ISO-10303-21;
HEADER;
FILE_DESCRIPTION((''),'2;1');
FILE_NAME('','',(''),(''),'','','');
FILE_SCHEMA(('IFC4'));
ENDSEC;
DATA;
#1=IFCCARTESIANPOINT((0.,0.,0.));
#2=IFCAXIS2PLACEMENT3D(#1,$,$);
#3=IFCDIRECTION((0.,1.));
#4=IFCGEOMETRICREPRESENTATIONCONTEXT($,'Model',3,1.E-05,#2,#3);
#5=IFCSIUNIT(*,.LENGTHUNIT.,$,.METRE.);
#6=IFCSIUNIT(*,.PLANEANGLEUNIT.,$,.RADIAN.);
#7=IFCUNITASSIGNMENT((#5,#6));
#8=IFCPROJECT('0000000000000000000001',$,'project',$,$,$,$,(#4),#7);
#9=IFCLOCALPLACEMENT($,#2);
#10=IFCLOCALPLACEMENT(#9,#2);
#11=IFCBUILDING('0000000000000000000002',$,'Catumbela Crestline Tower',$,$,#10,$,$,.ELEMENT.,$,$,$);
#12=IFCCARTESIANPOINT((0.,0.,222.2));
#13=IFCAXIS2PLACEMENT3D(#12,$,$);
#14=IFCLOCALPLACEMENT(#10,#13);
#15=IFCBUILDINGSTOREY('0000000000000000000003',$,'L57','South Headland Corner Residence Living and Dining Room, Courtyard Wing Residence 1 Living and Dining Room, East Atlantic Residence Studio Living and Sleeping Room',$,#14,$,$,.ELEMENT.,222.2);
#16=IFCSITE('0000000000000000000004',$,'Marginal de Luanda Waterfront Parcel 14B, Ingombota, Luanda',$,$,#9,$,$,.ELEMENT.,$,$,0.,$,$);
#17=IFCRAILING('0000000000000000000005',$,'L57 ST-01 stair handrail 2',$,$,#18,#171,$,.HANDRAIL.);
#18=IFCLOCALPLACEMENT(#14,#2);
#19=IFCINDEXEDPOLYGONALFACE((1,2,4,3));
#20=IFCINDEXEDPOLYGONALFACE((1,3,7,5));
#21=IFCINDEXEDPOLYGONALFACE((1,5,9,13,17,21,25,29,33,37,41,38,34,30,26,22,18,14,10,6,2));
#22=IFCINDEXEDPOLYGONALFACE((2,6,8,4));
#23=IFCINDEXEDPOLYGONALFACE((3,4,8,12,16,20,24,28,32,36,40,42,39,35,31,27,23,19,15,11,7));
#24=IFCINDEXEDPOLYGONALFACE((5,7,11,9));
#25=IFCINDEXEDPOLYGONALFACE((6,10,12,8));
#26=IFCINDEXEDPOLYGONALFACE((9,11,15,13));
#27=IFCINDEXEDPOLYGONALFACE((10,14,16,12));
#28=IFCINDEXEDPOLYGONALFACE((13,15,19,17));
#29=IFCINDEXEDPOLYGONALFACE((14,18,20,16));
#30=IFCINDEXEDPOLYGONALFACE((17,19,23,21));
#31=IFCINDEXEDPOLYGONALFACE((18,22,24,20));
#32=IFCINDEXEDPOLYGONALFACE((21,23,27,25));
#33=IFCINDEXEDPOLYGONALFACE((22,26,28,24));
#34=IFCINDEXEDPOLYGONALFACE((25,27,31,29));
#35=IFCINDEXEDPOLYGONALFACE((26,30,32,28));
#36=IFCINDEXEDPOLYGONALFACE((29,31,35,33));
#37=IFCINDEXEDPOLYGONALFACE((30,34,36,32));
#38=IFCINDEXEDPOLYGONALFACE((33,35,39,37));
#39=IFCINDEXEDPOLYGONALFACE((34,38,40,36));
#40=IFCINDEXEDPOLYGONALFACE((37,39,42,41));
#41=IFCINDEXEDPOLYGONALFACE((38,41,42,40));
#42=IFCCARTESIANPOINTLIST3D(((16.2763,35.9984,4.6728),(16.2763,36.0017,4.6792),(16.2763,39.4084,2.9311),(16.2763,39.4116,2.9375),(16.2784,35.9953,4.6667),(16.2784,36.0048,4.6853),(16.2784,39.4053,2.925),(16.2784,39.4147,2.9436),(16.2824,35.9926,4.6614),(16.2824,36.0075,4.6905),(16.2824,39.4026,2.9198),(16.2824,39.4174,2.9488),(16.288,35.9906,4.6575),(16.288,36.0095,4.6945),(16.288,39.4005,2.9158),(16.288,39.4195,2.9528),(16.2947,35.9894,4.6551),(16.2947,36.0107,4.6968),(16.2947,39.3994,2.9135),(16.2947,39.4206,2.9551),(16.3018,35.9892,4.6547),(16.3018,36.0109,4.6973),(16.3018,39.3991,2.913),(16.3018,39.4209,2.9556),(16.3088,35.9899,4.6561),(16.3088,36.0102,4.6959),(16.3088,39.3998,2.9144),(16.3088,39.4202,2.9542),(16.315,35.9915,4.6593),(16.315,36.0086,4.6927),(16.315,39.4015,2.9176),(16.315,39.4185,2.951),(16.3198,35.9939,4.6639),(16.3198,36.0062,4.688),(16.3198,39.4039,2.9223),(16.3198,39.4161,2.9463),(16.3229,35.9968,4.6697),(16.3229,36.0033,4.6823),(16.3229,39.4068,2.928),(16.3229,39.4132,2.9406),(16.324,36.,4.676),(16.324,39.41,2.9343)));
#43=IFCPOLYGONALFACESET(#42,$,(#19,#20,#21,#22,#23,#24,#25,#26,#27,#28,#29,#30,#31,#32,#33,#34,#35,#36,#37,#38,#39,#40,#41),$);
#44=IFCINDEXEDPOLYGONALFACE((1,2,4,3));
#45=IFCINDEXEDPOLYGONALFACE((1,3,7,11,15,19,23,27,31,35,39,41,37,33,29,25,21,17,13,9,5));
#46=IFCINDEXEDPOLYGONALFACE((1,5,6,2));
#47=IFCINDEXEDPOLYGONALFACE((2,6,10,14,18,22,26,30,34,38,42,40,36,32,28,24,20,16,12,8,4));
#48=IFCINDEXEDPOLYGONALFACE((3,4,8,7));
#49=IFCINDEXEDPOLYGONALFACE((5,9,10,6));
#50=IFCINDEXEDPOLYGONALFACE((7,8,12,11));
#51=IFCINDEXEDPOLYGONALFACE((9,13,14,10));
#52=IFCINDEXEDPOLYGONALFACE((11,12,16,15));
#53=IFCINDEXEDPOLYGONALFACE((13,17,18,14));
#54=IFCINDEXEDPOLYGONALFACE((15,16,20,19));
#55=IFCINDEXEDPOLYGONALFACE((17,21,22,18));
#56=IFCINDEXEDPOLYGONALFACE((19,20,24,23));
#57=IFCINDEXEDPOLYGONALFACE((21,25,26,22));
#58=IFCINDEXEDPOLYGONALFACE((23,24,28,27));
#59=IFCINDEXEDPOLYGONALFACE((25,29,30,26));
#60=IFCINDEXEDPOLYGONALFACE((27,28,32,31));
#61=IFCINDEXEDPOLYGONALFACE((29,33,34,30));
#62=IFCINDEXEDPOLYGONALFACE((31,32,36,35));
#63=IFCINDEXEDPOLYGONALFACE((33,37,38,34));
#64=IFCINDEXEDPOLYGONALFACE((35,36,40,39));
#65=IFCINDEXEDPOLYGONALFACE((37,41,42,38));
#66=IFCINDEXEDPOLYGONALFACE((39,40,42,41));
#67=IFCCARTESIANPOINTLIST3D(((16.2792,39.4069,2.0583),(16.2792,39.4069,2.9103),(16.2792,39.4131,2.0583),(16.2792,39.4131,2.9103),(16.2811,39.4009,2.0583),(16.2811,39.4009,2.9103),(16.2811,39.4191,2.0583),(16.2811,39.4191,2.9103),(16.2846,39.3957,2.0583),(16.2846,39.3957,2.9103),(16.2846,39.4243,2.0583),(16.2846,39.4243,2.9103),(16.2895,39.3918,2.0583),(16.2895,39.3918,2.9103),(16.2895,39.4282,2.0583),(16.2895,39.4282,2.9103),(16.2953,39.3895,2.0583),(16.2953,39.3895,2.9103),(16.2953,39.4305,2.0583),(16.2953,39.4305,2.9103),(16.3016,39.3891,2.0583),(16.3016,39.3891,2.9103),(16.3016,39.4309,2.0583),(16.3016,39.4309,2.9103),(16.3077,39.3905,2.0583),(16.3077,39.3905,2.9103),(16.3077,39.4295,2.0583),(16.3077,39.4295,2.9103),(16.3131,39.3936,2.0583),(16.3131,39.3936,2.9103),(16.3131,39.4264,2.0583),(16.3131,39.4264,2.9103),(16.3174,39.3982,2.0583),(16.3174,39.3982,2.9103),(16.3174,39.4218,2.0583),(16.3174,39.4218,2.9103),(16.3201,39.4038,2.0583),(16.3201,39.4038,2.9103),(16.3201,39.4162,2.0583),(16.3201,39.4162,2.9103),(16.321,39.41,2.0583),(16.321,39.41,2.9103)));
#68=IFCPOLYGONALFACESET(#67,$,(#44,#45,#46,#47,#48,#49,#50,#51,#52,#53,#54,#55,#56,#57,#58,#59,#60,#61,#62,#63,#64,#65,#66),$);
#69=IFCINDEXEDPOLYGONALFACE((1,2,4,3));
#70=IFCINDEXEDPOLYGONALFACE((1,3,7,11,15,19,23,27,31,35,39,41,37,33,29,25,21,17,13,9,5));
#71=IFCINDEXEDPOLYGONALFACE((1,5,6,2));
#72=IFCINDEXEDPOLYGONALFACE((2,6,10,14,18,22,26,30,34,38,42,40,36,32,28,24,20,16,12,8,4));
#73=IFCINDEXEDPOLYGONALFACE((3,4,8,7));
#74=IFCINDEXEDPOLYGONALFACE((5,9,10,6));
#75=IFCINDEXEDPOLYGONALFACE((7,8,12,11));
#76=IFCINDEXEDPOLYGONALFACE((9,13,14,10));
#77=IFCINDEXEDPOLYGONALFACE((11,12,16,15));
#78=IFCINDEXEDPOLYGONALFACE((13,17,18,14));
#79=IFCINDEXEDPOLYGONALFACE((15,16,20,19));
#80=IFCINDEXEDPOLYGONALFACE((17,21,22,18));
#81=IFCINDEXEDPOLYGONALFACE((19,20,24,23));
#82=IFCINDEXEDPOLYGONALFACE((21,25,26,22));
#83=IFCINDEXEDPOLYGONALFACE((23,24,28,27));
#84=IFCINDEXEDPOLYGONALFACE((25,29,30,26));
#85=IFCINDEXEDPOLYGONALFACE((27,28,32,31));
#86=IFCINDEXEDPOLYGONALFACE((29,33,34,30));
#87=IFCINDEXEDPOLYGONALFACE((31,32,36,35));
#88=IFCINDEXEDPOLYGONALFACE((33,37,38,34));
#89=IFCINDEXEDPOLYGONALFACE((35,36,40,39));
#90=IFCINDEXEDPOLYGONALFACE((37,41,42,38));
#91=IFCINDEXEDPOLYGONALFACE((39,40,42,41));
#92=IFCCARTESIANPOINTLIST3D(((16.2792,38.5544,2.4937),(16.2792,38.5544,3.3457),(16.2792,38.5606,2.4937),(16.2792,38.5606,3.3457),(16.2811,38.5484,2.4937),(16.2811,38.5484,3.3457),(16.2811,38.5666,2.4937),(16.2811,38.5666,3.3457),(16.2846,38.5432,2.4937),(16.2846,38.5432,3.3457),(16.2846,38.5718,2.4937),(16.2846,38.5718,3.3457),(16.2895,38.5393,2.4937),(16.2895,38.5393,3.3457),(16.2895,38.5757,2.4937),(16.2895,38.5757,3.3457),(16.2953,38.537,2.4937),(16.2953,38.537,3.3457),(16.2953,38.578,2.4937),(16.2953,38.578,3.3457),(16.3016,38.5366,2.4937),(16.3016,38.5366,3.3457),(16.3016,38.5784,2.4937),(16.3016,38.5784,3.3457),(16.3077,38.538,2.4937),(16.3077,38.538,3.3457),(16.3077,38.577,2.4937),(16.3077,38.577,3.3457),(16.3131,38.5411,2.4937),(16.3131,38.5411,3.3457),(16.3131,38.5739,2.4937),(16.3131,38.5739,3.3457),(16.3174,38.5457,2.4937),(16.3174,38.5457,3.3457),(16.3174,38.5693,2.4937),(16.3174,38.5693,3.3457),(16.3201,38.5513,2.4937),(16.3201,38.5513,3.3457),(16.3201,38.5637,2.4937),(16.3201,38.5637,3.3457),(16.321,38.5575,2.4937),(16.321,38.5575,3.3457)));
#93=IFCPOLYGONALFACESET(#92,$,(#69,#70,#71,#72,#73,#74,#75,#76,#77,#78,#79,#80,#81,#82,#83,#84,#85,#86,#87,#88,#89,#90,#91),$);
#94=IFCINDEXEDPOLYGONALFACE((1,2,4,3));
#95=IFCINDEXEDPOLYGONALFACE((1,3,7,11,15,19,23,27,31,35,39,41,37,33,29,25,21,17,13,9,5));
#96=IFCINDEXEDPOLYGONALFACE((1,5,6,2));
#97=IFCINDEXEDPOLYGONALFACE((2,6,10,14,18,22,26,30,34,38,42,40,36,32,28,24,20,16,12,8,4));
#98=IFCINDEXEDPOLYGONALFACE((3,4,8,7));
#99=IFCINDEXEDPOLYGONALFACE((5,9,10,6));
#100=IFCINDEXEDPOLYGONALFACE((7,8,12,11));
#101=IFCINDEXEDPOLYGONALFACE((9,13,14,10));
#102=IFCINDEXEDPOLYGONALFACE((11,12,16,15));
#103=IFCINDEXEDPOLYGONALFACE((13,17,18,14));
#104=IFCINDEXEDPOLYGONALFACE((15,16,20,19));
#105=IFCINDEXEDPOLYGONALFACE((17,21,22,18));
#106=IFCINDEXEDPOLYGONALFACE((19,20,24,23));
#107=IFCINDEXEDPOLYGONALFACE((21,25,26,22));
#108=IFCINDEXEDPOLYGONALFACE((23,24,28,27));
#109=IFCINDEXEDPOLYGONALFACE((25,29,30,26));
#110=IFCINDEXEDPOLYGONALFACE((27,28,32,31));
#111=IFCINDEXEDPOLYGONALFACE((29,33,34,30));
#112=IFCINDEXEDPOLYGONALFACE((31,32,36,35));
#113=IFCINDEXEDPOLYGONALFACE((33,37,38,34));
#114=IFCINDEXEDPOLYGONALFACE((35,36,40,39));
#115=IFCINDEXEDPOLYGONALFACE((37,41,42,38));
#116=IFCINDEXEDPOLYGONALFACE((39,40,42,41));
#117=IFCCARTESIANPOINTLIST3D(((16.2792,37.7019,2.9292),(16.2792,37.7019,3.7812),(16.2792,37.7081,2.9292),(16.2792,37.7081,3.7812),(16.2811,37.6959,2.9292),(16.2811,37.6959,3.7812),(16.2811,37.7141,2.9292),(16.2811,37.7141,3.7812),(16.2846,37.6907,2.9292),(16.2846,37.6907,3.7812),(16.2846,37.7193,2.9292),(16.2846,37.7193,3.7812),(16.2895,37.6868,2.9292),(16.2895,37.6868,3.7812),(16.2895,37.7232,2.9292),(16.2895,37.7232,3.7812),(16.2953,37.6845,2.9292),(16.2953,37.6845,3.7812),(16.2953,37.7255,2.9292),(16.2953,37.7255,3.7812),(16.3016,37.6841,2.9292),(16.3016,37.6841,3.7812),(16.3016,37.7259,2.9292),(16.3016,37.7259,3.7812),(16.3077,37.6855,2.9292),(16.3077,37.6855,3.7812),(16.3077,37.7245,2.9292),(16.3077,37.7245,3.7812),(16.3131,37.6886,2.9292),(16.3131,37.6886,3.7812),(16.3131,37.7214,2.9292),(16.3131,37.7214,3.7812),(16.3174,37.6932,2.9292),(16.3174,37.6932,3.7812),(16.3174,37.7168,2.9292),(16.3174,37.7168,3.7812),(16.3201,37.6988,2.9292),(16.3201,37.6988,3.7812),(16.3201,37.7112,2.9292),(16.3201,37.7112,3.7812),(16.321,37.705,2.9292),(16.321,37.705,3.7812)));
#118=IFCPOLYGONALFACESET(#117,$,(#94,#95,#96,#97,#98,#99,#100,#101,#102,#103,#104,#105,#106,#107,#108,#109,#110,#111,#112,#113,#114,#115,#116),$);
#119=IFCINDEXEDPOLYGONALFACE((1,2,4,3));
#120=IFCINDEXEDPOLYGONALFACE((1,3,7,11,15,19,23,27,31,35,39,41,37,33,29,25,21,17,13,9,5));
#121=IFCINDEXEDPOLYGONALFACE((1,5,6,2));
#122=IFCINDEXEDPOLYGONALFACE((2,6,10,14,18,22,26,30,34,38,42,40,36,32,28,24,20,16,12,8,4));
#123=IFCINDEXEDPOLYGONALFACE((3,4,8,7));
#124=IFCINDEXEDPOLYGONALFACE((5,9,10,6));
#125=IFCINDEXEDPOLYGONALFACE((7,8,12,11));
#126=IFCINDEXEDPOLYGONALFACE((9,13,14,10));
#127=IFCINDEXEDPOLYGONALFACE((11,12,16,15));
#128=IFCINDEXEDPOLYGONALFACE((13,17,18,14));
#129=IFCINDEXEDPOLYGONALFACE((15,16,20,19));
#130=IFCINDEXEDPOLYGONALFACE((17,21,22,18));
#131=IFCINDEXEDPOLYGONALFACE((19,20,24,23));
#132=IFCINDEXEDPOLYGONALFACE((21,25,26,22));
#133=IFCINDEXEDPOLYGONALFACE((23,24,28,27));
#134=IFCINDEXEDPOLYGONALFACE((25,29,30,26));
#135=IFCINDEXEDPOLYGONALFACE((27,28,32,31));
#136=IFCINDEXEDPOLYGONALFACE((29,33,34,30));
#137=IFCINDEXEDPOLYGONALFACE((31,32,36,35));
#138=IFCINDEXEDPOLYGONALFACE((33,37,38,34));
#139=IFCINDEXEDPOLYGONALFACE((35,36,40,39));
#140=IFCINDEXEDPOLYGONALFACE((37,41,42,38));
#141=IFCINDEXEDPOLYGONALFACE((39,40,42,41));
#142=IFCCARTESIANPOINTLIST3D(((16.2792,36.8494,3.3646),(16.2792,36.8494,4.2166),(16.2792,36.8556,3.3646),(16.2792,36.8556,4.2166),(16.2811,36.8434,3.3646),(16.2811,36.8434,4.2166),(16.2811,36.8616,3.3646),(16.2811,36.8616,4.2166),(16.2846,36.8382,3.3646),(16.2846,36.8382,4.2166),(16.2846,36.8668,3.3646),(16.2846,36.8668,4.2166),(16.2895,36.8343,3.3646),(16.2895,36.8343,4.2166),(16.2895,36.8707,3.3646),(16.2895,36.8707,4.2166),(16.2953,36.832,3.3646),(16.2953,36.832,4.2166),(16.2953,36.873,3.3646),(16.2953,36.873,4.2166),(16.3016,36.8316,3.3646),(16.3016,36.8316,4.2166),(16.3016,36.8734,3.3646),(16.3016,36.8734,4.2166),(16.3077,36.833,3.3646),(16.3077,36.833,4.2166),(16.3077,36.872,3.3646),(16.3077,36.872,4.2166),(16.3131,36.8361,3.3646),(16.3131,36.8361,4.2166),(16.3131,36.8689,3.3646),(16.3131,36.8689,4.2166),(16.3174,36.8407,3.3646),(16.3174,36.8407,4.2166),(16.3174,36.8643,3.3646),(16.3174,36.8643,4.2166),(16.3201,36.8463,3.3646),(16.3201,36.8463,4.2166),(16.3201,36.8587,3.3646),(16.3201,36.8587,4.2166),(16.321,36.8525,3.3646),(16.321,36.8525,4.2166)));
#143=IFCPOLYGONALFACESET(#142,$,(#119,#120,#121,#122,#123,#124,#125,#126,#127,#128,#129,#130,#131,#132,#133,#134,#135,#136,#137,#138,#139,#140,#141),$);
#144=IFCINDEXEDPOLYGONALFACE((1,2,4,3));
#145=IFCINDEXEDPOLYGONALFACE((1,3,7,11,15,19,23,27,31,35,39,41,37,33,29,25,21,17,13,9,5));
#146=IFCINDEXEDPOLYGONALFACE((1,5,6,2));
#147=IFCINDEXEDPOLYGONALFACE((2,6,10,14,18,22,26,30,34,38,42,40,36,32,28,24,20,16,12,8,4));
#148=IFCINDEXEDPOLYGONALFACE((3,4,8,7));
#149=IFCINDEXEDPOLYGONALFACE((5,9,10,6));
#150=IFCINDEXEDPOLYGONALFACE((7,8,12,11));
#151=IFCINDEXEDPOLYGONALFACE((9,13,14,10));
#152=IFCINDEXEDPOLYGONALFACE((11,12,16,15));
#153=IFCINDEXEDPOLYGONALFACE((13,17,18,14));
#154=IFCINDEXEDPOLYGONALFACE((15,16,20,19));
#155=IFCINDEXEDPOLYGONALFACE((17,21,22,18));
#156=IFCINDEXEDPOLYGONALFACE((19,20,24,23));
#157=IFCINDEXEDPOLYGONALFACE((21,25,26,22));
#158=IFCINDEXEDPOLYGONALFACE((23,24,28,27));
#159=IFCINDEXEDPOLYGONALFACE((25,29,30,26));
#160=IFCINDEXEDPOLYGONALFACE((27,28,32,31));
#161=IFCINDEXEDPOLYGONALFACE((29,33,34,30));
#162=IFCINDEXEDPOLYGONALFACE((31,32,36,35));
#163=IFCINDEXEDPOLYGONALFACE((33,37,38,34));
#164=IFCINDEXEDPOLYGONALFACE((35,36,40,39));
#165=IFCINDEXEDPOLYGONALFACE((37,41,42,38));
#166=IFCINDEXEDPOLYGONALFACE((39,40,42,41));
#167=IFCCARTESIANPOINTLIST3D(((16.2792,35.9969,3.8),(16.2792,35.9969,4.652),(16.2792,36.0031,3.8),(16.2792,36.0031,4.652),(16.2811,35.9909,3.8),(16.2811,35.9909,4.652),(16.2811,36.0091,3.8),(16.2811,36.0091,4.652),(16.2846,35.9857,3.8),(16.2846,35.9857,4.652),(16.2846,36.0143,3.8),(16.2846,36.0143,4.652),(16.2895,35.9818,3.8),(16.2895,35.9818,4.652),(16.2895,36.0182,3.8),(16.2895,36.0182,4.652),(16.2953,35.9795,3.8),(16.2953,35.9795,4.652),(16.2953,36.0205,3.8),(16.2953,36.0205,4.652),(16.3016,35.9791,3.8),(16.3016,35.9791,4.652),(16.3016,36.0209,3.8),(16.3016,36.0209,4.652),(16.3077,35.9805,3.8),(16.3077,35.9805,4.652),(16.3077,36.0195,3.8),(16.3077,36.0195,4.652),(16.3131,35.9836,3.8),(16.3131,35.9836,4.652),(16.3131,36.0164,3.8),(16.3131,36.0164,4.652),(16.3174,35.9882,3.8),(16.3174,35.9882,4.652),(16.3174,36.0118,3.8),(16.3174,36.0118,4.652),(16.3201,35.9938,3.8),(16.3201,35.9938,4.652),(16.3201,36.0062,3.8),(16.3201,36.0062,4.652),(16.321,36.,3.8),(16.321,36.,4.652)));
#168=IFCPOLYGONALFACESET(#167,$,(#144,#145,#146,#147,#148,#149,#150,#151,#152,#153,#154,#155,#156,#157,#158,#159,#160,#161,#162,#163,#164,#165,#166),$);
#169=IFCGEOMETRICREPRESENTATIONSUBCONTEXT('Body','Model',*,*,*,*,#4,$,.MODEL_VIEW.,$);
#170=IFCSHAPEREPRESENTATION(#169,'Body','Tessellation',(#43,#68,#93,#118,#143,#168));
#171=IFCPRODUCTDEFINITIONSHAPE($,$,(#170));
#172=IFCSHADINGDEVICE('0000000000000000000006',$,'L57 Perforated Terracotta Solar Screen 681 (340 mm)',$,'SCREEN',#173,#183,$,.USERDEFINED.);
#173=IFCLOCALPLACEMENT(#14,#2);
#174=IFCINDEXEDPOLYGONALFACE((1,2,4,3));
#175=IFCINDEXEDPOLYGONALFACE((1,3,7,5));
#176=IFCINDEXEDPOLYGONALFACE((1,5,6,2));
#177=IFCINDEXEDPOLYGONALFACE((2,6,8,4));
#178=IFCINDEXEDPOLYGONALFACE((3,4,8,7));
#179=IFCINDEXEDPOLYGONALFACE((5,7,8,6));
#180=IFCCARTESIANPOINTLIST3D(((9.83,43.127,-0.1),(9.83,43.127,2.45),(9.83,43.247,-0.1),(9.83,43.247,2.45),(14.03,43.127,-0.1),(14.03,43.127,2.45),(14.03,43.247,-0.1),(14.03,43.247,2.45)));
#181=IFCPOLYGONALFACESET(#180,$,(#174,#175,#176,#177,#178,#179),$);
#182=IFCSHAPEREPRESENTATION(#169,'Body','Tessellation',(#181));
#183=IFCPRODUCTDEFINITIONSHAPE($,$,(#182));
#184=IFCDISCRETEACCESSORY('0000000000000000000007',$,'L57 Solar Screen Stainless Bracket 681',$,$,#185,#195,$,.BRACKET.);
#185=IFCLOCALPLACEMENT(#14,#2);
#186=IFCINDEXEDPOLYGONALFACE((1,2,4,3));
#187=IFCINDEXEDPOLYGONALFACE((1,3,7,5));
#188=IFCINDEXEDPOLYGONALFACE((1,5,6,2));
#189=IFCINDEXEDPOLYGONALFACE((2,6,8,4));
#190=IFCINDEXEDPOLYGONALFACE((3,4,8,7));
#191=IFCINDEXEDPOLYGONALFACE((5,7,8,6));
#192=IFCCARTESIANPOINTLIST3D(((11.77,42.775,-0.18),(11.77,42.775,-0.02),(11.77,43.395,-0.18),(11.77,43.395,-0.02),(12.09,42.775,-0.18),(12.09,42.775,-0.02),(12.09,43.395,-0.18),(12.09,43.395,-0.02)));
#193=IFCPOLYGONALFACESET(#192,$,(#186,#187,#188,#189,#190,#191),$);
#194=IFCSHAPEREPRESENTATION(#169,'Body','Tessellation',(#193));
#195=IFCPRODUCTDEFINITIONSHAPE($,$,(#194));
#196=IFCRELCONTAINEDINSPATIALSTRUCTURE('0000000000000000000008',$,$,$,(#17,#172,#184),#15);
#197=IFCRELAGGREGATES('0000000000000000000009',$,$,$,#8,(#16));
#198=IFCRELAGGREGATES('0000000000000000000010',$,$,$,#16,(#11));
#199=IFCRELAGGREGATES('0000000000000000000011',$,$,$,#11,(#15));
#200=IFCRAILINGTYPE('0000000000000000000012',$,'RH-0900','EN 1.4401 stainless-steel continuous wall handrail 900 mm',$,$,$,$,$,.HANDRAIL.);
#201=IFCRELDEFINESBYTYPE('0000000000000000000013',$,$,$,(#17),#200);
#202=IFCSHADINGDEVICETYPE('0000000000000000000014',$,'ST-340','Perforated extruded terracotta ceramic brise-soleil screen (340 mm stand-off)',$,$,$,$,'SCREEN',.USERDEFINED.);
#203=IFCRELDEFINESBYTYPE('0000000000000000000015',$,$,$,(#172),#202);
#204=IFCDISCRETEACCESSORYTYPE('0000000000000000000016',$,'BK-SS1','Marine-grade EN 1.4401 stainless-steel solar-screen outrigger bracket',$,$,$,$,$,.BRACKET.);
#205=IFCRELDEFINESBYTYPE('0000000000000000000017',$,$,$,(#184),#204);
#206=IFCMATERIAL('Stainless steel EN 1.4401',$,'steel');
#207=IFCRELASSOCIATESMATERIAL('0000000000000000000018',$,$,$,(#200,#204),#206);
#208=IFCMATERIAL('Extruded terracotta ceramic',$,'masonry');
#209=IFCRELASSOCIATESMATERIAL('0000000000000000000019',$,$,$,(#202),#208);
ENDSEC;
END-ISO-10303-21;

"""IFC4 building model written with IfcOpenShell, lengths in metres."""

from ifc_helpers import new_model, si_unit, direction, frame, origin, origin_2d, place, context, subcontext, project, spatial, rectangle, circle, extrude, material, type_object, element, save


model = new_model("IFC4")

# Units and contexts
model_context = context("Model", 3, precision=1e-05, world=origin(), true_north=direction((0.0, 1.0)))
body_context = subcontext(model_context, "Body", "Model", "MODEL_VIEW")
ifc_project = project(units=[si_unit("LENGTHUNIT", "METRE"), si_unit("PLANEANGLEUNIT", "RADIAN")], contexts=[model_context])

# Site, building, storey
site_placement = place(None, origin())
site = spatial("IfcSite", under=ifc_project, at=site_placement, Name="Marginal de Luanda Waterfront Parcel 14B, Ingombota, Luanda", CompositionType="ELEMENT", RefElevation=0.0)
building_placement = place(site_placement, origin())
building = spatial("IfcBuilding", under=site, at=building_placement, Name="Catumbela Crestline Tower", CompositionType="ELEMENT")
storey_placement = place(building_placement, frame((0.0, 0.0, 222.2)))
storey = spatial("IfcBuildingStorey", under=building, at=storey_placement, Name="L57", Description="South Headland Corner Residence Living and Dining Room, Courtyard Wing Residence 1 Living and Dining Room, East Atlantic Residence Studio Living and Sleeping Room", CompositionType="ELEMENT", Elevation=222.2)

# Shared definitions
ifc_material_1 = material(Name="Stainless steel EN 1.4401", Category="steel")

# Railing
railing_type_1 = type_object("IfcRailingType", Name="RH-0900", Description="EN 1.4401 stainless-steel continuous wall handrail 900 mm", PredefinedType="HANDRAIL", material=ifc_material_1)
railing_1_placement = place(storey_placement, frame((16.3, 39.41, 2.0583)))
element("IfcRailing", 1, at=railing_1_placement, inside=storey, type_object=railing_type_1, Name="L57 ST-01 stair handrail 2", PredefinedType="HANDRAIL", context=body_context, shape_type="SweptSolid", body=[
    extrude(circle(Radius=0.024, at=origin_2d()), frame((0.0, 0.0, 0.876), z_axis=(0.0, -0.89056, 0.454865), x_axis=(1.0, 0.0, 0.0)), (0.0, 0.0, 1.0), 3.829),
    extrude(circle(Radius=0.021, at=origin_2d()), origin(), (0.0, 0.0, 1.0), 0.852),
    extrude(circle(Radius=0.021, at=origin_2d()), frame((0.0, -0.8525, 0.4354)), (0.0, 0.0, 1.0), 0.852),
    extrude(circle(Radius=0.021, at=origin_2d()), frame((0.0, -1.705, 0.8709)), (0.0, 0.0, 1.0), 0.852),
    extrude(circle(Radius=0.021, at=origin_2d()), frame((0.0, -2.5575, 1.3063)), (0.0, 0.0, 1.0), 0.852),
    extrude(circle(Radius=0.021, at=origin_2d()), frame((0.0, -3.41, 1.7417)), (0.0, 0.0, 1.0), 0.852),
])

# Shading device
ifc_material_2 = material(Name="Extruded terracotta ceramic", Category="masonry")
shading_device_type = type_object("IfcShadingDeviceType", Name="ST-340", Description="Perforated extruded terracotta ceramic brise-soleil screen (340 mm stand-off)", ElementType="SCREEN", PredefinedType="USERDEFINED", material=ifc_material_2)
shading_device_placement = place(storey_placement, frame((11.93, 43.187, -0.1), z_axis=(0.0, 0.0, 1.0), x_axis=(-1.0, 0.0, 0.0)))
element("IfcShadingDevice", 2, at=shading_device_placement, inside=storey, type_object=shading_device_type, Name="L57 Perforated Terracotta Solar Screen 681 (340 mm)", ObjectType="SCREEN", PredefinedType="USERDEFINED", context=body_context, shape_type="SweptSolid", body=[
    extrude(rectangle(XDim=4.2, YDim=0.12, at=origin_2d()), origin(), (0.0, 0.0, 1.0), 2.55),
])

# Discrete accessory
discrete_accessory_type = type_object("IfcDiscreteAccessoryType", Name="BK-SS1", Description="Marine-grade EN 1.4401 stainless-steel solar-screen outrigger bracket", PredefinedType="BRACKET", material=ifc_material_1)
discrete_accessory_placement = place(storey_placement, frame((11.93, 43.085, -0.18), z_axis=(0.0, 0.0, 1.0), x_axis=(-1.0, 0.0, 0.0)))
element("IfcDiscreteAccessory", 3, at=discrete_accessory_placement, inside=storey, type_object=discrete_accessory_type, Name="L57 Solar Screen Stainless Bracket 681", PredefinedType="BRACKET", context=body_context, shape_type="SweptSolid", body=[
    extrude(rectangle(XDim=0.32, YDim=0.62, at=origin_2d()), origin(), (0.0, 0.0, 1.0), 0.16),
])

save(model, "model.ifc")
